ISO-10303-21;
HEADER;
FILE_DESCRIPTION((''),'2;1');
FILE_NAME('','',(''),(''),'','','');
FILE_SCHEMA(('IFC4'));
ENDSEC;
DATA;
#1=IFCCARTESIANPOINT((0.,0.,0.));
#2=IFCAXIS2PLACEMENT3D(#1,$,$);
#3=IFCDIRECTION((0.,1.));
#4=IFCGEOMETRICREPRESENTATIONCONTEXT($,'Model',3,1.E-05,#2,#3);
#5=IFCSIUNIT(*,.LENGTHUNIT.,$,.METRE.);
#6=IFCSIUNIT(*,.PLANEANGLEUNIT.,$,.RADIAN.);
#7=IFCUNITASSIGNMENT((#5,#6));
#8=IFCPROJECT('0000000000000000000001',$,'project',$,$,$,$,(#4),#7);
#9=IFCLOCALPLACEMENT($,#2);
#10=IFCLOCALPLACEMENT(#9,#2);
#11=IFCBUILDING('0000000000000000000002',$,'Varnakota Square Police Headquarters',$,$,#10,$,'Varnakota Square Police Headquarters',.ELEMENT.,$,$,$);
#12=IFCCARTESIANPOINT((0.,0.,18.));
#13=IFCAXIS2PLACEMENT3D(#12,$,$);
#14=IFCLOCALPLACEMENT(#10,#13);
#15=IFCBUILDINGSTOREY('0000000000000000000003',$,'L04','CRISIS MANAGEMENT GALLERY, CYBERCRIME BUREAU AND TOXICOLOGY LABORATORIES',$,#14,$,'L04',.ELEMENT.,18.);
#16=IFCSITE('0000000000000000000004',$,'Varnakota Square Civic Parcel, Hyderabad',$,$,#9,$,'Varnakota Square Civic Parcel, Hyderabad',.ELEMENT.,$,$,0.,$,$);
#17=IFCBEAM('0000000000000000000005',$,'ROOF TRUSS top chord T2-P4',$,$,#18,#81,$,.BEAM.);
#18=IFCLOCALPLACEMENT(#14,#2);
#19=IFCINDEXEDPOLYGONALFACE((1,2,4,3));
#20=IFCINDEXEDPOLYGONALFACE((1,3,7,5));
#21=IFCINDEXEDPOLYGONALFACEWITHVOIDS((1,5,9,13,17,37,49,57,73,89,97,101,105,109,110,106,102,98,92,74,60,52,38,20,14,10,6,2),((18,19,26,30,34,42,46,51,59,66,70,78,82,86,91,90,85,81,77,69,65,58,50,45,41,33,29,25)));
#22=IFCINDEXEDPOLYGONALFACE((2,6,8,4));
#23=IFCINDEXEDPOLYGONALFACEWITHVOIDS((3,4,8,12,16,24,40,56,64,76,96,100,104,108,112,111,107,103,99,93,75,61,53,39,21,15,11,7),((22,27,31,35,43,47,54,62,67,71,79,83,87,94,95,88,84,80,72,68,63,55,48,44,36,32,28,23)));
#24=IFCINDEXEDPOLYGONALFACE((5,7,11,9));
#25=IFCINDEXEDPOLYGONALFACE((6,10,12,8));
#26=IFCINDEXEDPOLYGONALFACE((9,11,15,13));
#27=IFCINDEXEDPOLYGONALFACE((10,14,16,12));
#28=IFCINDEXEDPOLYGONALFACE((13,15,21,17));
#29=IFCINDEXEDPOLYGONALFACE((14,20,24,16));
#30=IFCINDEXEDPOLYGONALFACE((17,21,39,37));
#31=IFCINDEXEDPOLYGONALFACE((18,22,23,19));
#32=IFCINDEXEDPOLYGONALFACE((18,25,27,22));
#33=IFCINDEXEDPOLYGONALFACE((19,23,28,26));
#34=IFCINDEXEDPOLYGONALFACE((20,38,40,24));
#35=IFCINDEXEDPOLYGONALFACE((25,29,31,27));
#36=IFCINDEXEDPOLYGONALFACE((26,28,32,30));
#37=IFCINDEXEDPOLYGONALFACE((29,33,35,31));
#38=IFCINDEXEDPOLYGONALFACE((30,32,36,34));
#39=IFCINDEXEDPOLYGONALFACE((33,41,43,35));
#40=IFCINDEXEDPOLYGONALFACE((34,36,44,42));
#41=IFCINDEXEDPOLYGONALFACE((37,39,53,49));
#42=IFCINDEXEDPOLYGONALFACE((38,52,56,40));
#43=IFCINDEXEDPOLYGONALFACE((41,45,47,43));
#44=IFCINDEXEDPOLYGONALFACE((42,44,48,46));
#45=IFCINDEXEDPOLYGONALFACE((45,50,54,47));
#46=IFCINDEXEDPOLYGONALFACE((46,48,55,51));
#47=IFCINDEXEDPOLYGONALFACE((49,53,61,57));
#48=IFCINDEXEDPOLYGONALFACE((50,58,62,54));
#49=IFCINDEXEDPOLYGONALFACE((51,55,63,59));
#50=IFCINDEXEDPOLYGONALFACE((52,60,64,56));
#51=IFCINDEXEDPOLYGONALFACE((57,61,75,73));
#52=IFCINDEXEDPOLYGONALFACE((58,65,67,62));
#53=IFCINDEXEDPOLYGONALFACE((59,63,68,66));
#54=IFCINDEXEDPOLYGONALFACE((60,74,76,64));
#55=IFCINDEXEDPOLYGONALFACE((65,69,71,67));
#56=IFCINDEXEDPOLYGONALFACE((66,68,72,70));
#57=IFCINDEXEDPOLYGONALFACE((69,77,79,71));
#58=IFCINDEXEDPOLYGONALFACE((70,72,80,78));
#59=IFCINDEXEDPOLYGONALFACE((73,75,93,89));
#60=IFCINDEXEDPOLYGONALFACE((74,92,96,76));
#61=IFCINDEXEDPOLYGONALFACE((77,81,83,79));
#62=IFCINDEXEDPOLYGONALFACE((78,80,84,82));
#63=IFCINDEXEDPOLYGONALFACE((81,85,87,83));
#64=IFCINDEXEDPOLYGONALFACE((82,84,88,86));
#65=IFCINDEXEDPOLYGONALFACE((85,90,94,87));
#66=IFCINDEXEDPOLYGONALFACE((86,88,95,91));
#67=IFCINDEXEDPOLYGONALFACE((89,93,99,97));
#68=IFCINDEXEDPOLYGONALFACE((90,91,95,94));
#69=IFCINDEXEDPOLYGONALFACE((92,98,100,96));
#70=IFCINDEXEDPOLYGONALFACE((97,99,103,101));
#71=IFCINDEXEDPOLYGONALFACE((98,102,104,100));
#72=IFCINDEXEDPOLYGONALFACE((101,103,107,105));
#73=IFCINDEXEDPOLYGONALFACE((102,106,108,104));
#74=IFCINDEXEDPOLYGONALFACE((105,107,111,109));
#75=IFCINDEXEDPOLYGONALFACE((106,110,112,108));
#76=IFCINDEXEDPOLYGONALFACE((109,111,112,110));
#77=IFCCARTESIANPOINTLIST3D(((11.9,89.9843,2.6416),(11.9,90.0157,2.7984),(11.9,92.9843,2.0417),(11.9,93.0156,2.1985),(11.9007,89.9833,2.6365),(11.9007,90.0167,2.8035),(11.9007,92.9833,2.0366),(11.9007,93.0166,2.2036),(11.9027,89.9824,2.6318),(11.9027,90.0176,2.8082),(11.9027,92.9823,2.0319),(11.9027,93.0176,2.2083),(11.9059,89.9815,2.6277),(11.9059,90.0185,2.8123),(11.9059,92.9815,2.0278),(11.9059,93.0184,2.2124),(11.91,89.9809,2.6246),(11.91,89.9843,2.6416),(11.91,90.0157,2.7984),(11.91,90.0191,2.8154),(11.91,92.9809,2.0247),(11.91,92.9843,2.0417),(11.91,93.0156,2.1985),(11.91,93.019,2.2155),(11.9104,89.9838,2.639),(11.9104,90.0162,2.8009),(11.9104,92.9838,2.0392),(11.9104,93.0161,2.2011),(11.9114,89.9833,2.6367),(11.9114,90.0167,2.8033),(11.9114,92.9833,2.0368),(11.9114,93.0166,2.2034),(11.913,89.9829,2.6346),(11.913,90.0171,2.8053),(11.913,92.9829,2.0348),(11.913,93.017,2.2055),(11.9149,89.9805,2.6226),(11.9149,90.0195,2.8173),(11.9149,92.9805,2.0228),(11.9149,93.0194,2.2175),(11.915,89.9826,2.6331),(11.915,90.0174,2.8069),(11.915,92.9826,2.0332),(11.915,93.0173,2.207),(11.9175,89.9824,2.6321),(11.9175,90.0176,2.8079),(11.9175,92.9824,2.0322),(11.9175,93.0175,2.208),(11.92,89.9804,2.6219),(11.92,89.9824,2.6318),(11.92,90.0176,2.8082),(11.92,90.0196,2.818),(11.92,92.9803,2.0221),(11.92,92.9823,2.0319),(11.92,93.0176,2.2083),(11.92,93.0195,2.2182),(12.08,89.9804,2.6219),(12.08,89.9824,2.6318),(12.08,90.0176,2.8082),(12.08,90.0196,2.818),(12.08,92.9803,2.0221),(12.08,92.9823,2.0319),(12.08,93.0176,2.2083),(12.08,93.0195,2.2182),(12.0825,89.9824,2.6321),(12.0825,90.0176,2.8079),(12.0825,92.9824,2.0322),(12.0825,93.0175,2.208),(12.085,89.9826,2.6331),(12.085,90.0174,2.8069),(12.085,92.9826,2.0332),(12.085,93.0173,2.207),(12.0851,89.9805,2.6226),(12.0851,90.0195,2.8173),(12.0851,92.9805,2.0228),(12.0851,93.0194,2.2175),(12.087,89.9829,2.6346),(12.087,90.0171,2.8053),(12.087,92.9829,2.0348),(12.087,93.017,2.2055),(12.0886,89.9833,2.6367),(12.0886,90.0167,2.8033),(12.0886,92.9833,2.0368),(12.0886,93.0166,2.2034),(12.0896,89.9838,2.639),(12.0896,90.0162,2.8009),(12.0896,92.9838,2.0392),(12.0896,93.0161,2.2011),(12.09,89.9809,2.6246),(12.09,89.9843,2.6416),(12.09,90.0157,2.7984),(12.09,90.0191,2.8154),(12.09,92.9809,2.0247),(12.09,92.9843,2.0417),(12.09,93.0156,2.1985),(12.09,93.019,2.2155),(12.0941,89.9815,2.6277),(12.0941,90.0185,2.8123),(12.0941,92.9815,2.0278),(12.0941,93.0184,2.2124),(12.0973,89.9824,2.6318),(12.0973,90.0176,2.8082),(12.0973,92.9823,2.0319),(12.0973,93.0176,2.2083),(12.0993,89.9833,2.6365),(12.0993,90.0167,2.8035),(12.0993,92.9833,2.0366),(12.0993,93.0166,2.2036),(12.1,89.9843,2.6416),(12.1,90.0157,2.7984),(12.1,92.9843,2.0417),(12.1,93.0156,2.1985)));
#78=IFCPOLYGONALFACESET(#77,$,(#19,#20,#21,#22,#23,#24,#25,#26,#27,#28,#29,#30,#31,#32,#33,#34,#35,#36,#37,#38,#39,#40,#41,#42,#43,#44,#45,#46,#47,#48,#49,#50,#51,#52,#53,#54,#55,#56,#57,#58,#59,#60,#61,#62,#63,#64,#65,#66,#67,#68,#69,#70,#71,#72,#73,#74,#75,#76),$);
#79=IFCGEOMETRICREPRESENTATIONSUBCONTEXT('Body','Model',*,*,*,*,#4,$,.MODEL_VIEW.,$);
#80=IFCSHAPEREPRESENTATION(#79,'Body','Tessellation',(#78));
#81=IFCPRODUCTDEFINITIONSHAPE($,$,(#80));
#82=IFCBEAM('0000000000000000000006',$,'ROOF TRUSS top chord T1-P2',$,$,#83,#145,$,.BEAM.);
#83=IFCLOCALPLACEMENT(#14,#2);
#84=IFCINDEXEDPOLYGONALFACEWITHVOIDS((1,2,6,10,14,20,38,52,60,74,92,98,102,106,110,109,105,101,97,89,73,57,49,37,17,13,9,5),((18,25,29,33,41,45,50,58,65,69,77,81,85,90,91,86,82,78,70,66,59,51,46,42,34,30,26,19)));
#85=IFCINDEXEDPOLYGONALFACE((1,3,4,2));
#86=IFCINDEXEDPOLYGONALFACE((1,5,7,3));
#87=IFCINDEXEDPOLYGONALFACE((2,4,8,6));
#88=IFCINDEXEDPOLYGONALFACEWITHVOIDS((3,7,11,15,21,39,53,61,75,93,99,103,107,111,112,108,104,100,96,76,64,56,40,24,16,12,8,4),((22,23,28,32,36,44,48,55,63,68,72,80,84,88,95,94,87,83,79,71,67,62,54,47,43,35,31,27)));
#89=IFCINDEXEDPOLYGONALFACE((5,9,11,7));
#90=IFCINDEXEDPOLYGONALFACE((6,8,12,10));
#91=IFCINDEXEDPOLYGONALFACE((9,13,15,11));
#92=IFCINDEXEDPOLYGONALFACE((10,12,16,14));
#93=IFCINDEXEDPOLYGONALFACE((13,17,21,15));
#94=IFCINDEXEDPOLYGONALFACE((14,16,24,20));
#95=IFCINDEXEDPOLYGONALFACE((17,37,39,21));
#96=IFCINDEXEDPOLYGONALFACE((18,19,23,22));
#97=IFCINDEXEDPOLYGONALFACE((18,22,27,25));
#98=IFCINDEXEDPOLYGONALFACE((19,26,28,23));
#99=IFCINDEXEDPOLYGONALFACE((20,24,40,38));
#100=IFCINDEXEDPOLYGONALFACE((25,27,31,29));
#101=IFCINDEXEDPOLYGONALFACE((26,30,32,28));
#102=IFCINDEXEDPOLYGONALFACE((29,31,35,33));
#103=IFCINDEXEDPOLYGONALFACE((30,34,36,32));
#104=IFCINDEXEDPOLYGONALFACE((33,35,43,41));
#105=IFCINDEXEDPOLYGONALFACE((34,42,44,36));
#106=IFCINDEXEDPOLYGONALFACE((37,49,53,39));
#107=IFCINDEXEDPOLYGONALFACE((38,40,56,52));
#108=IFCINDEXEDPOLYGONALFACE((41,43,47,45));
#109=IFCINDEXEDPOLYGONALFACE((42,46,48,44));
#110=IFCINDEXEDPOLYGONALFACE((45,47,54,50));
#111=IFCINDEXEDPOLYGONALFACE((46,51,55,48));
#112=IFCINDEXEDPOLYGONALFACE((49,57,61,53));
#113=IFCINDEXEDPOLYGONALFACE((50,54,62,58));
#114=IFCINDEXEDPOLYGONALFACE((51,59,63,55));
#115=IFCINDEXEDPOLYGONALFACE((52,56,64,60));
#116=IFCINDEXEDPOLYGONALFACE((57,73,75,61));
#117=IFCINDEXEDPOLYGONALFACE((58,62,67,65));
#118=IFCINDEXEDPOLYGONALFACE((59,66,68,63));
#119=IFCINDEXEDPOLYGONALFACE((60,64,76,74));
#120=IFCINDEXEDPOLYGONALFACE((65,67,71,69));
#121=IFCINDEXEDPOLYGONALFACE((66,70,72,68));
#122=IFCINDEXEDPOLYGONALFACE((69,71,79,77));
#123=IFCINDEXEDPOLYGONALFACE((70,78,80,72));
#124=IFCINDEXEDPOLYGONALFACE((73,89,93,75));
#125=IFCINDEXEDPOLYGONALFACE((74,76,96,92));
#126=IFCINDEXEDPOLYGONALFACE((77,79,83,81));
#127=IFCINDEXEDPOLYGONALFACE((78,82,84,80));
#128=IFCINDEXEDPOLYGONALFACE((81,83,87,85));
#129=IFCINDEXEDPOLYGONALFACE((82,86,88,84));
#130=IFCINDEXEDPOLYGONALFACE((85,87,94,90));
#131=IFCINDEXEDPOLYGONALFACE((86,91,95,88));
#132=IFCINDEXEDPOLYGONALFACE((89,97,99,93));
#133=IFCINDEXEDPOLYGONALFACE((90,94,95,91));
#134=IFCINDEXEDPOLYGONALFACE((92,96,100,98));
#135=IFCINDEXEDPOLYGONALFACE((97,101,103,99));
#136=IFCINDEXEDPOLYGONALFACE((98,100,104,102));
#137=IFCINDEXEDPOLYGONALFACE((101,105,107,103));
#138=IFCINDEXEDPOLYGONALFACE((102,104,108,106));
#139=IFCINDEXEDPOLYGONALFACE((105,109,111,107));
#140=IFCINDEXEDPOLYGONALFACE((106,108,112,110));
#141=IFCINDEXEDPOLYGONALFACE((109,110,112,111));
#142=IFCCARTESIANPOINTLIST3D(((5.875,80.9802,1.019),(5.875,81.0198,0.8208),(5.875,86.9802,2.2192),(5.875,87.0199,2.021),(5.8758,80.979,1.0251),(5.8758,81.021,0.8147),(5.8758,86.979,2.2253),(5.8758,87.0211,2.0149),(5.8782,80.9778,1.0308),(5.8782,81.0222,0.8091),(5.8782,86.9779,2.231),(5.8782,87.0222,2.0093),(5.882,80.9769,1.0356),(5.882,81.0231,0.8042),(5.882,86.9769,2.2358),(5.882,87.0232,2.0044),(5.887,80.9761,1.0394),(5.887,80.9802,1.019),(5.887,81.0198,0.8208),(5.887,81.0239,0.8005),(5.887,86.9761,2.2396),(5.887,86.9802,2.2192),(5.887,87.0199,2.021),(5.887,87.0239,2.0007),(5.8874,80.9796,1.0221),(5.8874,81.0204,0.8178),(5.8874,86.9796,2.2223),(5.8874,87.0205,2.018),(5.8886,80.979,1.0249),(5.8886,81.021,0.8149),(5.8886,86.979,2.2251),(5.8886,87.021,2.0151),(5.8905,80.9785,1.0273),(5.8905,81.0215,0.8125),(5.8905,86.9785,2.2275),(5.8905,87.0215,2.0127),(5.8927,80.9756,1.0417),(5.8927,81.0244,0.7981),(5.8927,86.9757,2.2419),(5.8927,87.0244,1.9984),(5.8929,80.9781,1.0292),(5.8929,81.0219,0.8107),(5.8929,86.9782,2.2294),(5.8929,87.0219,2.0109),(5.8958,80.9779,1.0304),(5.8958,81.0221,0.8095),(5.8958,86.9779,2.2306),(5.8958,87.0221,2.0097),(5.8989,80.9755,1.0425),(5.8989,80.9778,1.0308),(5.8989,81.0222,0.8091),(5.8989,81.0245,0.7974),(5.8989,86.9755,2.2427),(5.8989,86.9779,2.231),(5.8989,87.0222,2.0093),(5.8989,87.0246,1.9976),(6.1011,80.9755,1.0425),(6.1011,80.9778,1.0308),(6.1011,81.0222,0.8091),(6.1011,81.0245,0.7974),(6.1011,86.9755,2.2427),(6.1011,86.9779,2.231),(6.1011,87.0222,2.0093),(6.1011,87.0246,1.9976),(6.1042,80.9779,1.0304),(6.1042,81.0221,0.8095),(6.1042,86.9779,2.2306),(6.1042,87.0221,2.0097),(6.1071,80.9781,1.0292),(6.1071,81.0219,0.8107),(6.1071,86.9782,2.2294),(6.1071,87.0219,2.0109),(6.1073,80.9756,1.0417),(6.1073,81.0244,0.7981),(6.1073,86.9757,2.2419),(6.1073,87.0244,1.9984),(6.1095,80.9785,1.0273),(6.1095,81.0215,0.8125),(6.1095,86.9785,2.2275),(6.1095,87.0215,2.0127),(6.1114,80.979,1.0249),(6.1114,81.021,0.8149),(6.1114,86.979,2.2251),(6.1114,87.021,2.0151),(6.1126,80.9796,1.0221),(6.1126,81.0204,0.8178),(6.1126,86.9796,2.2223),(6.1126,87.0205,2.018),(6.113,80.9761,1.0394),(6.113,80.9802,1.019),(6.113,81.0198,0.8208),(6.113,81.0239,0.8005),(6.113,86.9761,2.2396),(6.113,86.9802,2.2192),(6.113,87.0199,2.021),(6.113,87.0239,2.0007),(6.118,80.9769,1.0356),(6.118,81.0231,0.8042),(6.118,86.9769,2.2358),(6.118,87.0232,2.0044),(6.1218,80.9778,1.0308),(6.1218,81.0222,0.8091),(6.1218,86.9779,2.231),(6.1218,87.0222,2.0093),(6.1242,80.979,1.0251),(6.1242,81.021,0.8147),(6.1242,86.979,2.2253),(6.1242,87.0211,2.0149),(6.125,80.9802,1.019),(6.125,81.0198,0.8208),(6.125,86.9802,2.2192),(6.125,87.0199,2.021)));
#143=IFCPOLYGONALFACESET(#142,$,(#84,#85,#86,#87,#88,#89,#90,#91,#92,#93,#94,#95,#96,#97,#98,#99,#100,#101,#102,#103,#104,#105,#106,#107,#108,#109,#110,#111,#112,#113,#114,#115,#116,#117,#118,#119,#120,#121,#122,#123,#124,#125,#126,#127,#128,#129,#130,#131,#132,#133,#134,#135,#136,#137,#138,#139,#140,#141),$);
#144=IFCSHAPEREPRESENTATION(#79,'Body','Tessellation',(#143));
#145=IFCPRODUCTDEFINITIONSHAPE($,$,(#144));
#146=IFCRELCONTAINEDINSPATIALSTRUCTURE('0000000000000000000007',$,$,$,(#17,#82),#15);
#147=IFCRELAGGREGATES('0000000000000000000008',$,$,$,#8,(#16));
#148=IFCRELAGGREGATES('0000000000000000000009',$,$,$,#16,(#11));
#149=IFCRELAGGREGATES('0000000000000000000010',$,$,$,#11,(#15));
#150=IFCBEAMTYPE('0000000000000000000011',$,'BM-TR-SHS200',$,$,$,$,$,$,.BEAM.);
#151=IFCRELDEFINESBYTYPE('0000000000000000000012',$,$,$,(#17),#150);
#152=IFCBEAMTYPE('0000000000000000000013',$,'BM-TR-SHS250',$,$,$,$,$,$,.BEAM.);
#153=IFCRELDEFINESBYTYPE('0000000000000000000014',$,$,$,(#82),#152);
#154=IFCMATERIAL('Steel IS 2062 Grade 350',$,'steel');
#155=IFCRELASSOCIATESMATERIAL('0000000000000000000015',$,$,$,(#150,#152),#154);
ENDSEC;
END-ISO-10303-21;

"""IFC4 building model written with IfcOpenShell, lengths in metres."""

from ifc_helpers import new_model, si_unit, direction, frame, origin, origin_2d, place, context, subcontext, project, spatial, hollow_rectangle, extrude, material, material_profile, profile_set, type_object, element, save


model = new_model("IFC4")

# Units and contexts
model_context = context("Model", 3, precision=1e-05, world=origin(), true_north=direction((0.0, 1.0)))
body_context = subcontext(model_context, "Body", "Model", "MODEL_VIEW")
ifc_project = project(units=[si_unit("LENGTHUNIT", "METRE"), si_unit("PLANEANGLEUNIT", "RADIAN")], contexts=[model_context])

# Site, building, storey
site_placement = place(None, origin())
site = spatial("IfcSite", under=ifc_project, at=site_placement, Name="Varnakota Square Civic Parcel, Hyderabad", LongName="Varnakota Square Civic Parcel, Hyderabad", CompositionType="ELEMENT", RefElevation=0.0)
building_placement = place(site_placement, origin())
building = spatial("IfcBuilding", under=site, at=building_placement, Name="Varnakota Square Police Headquarters", LongName="Varnakota Square Police Headquarters", CompositionType="ELEMENT")
storey_placement = place(building_placement, frame((0.0, 0.0, 18.0)))
storey = spatial("IfcBuildingStorey", under=building, at=storey_placement, Name="L04", Description="CRISIS MANAGEMENT GALLERY, CYBERCRIME BUREAU AND TOXICOLOGY LABORATORIES", LongName="L04", CompositionType="ELEMENT", Elevation=18.0)

# Beams
ifc_material_1 = material(Name="Steel IS 2062 Grade 350", Category="steel")
ifc_material_profile_1 = material_profile(ifc_material_1, hollow_rectangle(XDim=0.2, YDim=0.2, WallThickness=0.01, InnerFilletRadius=0.01, OuterFilletRadius=0.02, at=origin_2d()), Name="SHS 200x200x10")
ifc_profile_set_1 = profile_set([ifc_material_profile_1], Name="Steel IS 2062 Grade 350")
beam_type_1 = type_object("IfcBeamType", Name="BM-TR-SHS200", PredefinedType="BEAM", material=ifc_profile_set_1)
for number, where, z_axis, x_axis, name in (
    (1, (12.0, 90.0, 2.72), (0.0, 0.98059, -0.19607), (-1.0, 0.0, 0.0), "ROOF TRUSS top chord T2-P4"),
):
    element("IfcBeam", number, at=place(storey_placement, frame(where, z_axis=z_axis, x_axis=x_axis)), inside=storey, type_object=beam_type_1, Name=name, PredefinedType="BEAM", context=body_context, shape_type="SweptSolid", body=[
        extrude(hollow_rectangle(XDim=0.2, YDim=0.2, WallThickness=0.01, InnerFilletRadius=0.01, OuterFilletRadius=0.02, at=origin_2d()), origin(), (0.0, 0.0, 1.0), 3.0593),
    ])
ifc_material_profile_2 = material_profile(ifc_material_1, hollow_rectangle(XDim=0.25, YDim=0.25, WallThickness=0.012, InnerFilletRadius=0.012, OuterFilletRadius=0.0239, at=origin_2d()), Name="SHS 250x250x12")
ifc_profile_set_2 = profile_set([ifc_material_profile_2], Name="Steel IS 2062 Grade 350")
beam_type_2 = type_object("IfcBeamType", Name="BM-TR-SHS250", PredefinedType="BEAM", material=ifc_profile_set_2)
for number, where, z_axis, x_axis, name in (
    (2, (6.0, 81.0, 0.9199), (0.0, 0.980575, 0.196147), (-1.0, 0.0, 0.0), "ROOF TRUSS top chord T1-P2"),
):
    element("IfcBeam", number, at=place(storey_placement, frame(where, z_axis=z_axis, x_axis=x_axis)), inside=storey, type_object=beam_type_2, Name=name, PredefinedType="BEAM", context=body_context, shape_type="SweptSolid", body=[
        extrude(hollow_rectangle(XDim=0.25, YDim=0.25, WallThickness=0.012, InnerFilletRadius=0.012, OuterFilletRadius=0.0239, at=origin_2d()), origin(), (0.0, 0.0, 1.0), 6.1189),
    ])

save(model, "model.ifc")
